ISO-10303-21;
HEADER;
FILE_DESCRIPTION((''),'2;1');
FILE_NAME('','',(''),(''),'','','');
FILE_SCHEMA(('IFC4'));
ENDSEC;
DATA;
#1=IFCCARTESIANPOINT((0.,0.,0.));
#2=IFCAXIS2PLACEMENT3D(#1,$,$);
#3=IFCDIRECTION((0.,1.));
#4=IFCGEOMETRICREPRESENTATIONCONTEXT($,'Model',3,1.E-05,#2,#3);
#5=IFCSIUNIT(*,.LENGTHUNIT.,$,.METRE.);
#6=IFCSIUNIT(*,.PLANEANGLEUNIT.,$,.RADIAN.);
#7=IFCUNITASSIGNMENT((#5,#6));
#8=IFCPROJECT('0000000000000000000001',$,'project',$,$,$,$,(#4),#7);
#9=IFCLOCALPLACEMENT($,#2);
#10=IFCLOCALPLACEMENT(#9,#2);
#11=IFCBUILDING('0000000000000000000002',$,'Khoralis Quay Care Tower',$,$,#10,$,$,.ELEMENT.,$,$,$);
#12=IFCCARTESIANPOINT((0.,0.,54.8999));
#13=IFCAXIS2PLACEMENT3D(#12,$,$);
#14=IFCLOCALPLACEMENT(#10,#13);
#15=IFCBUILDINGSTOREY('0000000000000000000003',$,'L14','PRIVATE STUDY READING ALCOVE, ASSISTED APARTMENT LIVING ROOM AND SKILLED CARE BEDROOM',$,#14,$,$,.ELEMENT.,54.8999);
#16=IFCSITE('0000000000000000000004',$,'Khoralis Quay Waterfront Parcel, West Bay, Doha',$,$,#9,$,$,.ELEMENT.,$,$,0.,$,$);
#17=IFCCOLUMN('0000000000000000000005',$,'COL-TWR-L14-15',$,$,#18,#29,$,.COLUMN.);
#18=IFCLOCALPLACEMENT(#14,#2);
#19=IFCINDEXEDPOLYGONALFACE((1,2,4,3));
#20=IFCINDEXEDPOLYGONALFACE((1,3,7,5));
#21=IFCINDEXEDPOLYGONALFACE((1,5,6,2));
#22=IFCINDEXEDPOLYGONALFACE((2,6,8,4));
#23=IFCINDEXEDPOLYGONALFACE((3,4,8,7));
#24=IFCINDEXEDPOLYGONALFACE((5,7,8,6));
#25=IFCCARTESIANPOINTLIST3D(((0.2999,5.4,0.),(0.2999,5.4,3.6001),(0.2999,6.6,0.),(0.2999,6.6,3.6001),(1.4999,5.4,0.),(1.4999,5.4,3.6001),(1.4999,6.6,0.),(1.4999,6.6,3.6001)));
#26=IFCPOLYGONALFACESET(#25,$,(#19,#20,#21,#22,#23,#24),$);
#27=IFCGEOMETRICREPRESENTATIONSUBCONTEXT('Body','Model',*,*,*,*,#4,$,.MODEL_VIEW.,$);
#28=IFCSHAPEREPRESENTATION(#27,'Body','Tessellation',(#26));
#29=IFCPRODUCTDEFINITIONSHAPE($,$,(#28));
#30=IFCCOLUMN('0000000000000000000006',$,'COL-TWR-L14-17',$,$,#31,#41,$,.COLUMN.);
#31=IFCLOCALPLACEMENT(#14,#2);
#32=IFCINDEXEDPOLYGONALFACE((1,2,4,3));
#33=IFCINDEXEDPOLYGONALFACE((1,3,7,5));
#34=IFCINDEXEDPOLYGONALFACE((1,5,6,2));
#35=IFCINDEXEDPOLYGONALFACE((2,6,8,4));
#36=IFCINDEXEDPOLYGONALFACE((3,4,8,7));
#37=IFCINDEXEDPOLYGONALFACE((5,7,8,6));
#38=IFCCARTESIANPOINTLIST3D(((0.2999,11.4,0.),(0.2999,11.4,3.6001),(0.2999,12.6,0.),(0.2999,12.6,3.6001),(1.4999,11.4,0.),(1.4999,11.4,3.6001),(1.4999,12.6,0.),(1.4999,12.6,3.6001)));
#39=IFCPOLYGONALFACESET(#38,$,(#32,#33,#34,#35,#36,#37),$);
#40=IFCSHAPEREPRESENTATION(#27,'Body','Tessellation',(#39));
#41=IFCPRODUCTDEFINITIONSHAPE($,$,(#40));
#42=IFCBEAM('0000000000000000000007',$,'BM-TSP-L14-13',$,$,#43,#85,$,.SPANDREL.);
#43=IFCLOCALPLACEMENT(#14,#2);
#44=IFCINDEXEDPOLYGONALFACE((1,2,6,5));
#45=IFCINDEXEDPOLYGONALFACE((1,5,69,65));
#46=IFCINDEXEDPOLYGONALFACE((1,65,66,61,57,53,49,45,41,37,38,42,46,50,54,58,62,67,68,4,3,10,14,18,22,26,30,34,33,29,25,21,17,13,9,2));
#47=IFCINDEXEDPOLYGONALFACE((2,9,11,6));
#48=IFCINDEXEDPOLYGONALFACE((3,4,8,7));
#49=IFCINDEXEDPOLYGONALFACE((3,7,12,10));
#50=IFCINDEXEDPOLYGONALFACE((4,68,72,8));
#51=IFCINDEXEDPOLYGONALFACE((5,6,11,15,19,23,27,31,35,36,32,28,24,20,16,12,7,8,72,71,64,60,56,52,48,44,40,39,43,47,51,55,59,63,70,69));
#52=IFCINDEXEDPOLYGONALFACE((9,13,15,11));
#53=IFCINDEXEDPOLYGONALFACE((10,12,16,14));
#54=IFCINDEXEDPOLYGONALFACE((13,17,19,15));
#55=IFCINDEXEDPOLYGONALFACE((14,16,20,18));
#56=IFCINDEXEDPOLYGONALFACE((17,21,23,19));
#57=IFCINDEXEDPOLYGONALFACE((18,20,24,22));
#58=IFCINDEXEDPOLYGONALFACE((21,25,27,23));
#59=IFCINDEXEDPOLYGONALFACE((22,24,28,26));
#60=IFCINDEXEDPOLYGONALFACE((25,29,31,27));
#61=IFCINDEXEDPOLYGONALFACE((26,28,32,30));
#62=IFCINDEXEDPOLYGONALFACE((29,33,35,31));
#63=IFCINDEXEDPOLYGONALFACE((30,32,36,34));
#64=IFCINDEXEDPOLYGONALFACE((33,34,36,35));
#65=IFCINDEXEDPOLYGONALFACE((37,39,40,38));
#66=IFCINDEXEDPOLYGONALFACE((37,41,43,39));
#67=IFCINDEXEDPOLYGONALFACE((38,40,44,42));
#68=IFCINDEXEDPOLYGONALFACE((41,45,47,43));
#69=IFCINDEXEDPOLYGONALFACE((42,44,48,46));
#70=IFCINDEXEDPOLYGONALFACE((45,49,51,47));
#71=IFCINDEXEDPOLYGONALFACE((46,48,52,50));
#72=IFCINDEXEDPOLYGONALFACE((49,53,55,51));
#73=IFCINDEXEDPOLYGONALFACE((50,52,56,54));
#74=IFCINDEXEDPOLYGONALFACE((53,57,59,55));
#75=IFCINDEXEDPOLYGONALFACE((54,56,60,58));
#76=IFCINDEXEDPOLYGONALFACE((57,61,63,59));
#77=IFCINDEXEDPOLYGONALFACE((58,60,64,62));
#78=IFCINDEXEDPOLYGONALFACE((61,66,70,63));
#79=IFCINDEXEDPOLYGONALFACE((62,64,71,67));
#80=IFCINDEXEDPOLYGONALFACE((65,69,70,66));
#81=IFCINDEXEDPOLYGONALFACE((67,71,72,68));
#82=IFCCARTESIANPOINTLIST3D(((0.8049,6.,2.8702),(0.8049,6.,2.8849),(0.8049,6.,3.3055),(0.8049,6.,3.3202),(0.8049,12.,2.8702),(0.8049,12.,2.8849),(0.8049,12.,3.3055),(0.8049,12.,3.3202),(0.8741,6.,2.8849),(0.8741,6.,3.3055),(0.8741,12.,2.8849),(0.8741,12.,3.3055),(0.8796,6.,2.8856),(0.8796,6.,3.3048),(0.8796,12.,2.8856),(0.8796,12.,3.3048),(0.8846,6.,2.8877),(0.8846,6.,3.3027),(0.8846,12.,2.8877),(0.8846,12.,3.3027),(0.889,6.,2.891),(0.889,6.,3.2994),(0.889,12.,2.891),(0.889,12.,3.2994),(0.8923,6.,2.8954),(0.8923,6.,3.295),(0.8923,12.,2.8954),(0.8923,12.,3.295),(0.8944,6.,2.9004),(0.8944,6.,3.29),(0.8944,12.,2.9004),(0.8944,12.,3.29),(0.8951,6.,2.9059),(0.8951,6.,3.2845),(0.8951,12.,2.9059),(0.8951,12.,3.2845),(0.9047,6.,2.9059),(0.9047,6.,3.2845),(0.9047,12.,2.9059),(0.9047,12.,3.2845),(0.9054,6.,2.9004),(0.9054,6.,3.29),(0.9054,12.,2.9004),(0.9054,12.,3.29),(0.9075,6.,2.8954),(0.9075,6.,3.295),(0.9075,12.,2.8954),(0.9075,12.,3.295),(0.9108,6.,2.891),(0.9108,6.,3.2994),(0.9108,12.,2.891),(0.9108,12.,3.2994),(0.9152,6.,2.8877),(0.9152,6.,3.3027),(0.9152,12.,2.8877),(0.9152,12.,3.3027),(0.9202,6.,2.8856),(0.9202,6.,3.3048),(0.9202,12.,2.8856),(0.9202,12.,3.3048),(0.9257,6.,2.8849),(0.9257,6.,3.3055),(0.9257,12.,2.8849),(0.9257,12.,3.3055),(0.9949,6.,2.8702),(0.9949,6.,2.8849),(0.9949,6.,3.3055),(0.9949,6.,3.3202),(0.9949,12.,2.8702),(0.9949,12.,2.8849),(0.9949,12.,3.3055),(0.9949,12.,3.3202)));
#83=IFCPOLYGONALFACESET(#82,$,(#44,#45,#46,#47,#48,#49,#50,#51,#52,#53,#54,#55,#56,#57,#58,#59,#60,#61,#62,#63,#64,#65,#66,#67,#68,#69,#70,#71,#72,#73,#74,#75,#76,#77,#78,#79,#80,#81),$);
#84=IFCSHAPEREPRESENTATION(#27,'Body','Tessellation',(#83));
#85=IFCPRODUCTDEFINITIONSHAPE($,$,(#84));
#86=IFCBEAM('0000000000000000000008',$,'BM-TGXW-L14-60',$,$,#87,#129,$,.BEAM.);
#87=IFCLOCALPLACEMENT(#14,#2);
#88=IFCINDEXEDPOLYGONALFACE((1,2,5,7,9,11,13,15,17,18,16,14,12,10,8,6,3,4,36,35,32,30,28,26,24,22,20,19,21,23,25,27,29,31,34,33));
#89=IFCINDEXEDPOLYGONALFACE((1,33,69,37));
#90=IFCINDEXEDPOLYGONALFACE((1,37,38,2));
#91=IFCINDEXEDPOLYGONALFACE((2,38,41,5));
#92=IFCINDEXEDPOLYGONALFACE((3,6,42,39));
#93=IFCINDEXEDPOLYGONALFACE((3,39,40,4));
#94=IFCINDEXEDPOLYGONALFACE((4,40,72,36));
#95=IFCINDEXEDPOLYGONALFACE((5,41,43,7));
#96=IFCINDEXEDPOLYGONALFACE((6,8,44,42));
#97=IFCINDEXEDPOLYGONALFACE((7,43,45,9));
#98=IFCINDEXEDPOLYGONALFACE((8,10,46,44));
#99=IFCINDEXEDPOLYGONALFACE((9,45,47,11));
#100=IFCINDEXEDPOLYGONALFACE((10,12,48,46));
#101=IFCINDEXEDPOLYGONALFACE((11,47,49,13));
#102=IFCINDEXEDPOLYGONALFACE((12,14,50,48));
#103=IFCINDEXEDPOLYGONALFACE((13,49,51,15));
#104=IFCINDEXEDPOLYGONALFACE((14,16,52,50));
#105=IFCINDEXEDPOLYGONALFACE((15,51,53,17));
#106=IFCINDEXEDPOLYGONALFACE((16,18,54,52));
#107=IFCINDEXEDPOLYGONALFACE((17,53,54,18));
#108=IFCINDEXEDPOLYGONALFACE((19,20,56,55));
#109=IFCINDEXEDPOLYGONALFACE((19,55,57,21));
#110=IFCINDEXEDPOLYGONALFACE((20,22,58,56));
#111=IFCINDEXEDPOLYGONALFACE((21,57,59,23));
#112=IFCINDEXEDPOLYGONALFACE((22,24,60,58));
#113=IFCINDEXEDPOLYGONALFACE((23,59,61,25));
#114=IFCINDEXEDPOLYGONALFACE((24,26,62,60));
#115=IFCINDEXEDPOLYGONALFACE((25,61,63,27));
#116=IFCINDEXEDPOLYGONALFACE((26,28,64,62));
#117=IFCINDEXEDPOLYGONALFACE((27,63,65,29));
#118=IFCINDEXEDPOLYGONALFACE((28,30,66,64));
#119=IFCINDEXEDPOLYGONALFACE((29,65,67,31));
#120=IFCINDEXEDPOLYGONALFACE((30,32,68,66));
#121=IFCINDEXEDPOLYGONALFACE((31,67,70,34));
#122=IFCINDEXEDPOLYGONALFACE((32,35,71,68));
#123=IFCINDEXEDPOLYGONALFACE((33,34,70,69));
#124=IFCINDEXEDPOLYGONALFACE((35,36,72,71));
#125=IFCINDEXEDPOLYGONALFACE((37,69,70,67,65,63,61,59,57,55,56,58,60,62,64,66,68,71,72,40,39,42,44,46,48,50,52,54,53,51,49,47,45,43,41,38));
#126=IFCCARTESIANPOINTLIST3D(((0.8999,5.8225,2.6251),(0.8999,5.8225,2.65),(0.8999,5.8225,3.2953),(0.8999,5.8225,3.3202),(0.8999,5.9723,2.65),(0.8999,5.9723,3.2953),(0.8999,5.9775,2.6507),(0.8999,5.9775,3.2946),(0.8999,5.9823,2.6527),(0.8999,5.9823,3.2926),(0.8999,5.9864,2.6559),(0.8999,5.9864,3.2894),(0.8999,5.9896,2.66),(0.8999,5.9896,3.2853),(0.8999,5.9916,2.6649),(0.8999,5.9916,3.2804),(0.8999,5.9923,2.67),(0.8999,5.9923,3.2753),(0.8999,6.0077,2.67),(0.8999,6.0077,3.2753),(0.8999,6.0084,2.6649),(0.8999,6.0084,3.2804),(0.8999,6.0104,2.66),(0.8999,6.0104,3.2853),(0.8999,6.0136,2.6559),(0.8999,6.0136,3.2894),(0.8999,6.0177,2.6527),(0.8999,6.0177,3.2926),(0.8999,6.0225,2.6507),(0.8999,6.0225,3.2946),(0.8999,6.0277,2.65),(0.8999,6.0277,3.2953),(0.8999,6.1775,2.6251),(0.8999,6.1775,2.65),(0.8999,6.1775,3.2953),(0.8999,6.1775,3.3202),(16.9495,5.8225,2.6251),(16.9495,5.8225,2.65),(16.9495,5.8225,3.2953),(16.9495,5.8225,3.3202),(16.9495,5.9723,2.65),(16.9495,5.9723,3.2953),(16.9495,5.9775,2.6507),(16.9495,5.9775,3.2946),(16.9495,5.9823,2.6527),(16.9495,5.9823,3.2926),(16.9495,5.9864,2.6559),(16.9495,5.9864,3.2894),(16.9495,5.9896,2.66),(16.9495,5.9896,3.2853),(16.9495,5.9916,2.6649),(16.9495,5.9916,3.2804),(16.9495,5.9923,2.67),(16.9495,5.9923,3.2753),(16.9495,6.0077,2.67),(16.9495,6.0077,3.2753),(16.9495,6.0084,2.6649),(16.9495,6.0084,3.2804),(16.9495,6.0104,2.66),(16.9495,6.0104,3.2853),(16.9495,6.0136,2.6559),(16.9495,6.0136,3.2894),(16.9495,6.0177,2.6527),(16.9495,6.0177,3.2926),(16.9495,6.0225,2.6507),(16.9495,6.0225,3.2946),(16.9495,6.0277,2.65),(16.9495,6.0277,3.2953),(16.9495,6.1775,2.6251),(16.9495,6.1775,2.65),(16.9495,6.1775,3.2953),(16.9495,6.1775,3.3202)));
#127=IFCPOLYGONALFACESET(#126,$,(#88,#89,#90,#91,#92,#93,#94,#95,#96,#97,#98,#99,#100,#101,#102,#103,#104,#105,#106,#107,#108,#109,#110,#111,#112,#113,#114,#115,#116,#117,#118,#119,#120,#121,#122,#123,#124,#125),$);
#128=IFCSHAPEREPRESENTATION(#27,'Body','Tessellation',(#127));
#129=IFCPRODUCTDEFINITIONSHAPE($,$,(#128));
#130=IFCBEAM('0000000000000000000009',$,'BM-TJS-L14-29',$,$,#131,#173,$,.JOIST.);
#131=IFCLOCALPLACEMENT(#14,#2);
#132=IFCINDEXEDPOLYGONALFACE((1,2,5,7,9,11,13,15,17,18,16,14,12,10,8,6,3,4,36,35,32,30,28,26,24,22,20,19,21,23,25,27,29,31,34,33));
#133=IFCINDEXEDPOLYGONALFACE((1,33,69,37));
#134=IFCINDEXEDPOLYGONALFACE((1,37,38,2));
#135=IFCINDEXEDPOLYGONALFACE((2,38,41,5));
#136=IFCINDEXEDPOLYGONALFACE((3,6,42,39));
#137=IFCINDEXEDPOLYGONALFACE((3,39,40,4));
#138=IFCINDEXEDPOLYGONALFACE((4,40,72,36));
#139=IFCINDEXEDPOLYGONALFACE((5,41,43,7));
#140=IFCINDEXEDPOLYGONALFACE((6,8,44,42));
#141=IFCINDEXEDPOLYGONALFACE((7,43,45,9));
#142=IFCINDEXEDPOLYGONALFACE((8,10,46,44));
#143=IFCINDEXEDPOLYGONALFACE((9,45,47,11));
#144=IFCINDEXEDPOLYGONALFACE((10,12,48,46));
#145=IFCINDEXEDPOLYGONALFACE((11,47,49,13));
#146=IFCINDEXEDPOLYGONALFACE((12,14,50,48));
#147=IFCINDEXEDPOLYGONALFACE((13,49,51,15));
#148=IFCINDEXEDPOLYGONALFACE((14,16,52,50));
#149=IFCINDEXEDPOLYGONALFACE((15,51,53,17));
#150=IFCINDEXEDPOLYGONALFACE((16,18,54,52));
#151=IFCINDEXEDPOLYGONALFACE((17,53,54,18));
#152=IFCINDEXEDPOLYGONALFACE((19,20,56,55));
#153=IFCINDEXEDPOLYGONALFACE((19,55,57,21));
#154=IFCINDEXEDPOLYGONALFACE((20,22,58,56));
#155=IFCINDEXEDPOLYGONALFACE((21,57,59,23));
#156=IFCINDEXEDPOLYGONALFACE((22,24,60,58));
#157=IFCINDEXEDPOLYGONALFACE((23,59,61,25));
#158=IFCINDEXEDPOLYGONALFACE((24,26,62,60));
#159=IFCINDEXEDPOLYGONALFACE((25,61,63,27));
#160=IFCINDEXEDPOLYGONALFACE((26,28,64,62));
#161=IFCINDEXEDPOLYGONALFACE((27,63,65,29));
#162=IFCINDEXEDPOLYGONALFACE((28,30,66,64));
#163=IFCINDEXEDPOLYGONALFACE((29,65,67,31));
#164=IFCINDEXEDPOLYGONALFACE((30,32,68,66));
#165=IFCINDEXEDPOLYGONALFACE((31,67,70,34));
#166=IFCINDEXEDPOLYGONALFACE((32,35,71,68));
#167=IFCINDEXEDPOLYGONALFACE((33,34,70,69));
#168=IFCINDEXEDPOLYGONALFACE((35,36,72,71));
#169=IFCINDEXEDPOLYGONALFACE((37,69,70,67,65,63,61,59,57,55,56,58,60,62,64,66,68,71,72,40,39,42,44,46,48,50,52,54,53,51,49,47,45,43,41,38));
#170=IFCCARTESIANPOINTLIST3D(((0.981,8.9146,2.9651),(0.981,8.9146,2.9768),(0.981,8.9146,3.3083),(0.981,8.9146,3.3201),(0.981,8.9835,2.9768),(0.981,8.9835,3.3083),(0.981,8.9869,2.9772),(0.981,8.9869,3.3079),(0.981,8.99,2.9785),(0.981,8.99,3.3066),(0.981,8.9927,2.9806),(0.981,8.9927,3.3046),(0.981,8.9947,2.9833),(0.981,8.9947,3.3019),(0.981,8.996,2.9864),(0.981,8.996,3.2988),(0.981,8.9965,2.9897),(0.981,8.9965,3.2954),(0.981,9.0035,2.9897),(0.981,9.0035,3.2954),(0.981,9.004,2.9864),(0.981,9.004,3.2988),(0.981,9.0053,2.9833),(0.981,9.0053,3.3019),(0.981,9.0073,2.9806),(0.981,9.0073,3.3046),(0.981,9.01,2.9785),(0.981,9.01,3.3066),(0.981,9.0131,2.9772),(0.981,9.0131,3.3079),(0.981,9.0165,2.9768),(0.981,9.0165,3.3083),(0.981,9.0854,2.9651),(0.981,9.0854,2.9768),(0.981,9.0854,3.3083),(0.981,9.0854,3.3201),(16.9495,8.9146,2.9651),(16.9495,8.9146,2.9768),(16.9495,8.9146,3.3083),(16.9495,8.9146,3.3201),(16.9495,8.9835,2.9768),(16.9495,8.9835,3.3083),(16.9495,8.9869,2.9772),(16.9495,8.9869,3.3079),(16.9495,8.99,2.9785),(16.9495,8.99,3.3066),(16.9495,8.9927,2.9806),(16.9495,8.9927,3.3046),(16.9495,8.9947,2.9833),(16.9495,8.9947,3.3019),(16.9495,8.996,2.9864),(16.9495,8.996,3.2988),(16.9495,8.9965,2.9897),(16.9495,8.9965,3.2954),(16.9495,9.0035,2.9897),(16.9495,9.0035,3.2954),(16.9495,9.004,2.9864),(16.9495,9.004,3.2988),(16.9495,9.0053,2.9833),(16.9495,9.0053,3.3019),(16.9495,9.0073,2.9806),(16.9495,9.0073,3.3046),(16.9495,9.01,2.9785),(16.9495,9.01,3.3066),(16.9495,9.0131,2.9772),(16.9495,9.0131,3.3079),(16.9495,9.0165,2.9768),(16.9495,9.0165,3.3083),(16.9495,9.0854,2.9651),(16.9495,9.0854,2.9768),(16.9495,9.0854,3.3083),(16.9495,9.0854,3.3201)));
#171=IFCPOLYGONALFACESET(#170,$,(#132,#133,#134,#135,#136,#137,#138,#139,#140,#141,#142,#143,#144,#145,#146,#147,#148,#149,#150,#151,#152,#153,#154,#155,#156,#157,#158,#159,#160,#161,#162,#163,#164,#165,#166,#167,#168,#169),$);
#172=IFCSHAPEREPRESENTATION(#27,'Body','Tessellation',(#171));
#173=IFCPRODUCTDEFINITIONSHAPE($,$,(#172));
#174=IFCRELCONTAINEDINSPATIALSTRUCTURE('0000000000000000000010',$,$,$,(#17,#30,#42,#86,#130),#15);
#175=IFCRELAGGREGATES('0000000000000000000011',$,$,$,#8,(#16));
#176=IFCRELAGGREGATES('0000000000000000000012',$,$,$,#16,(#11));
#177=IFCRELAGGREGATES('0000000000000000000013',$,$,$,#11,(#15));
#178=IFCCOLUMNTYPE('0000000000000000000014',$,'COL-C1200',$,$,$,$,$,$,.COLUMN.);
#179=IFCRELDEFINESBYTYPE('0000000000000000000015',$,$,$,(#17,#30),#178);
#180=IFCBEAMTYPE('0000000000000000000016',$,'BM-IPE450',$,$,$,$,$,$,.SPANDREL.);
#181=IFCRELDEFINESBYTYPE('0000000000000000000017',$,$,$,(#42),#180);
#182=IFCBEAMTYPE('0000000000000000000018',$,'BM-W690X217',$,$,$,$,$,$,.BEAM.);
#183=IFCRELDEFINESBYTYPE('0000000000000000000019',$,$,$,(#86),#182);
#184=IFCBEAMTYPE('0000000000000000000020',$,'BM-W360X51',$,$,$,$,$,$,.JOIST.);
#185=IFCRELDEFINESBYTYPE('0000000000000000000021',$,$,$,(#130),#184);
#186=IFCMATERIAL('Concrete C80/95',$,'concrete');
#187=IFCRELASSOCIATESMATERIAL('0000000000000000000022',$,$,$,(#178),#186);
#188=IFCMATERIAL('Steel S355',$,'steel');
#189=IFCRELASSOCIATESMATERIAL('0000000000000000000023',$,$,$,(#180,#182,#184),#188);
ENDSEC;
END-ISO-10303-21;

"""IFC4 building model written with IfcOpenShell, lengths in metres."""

from ifc_helpers import new_model, si_unit, direction, frame, origin, origin_2d, place, context, subcontext, project, spatial, rectangle, i_section, extrude, source, transform, mapped, material, material_profile, profile_set, type_object, element, save


model = new_model("IFC4")

# Units and contexts
model_context = context("Model", 3, precision=1e-05, world=origin(), true_north=direction((0.0, 1.0)))
body_context = subcontext(model_context, "Body", "Model", "MODEL_VIEW")
ifc_project = project(units=[si_unit("LENGTHUNIT", "METRE"), si_unit("PLANEANGLEUNIT", "RADIAN")], contexts=[model_context])

# Site, building, storey
site_placement = place(None, origin())
site = spatial("IfcSite", under=ifc_project, at=site_placement, Name="Khoralis Quay Waterfront Parcel, West Bay, Doha", CompositionType="ELEMENT", RefElevation=0.0)
building_placement = place(site_placement, origin())
building = spatial("IfcBuilding", under=site, at=building_placement, Name="Khoralis Quay Care Tower", CompositionType="ELEMENT")
storey_placement = place(building_placement, frame((0.0, 0.0, 54.8999)))
storey = spatial("IfcBuildingStorey", under=building, at=storey_placement, Name="L14", Description="PRIVATE STUDY READING ALCOVE, ASSISTED APARTMENT LIVING ROOM AND SKILLED CARE BEDROOM", CompositionType="ELEMENT", Elevation=54.8999)

# Columns
ifc_material_1 = material(Name="Concrete C80/95", Category="concrete")
ifc_material_profile_1 = material_profile(ifc_material_1, rectangle(XDim=1.2, YDim=1.2, at=origin_2d()), Name="Concrete C80/95")
ifc_profile_set_1 = profile_set([ifc_material_profile_1], Name="Concrete C80/95")
column_type = type_object("IfcColumnType", Name="COL-C1200", PredefinedType="COLUMN", material=ifc_profile_set_1)
shared_shape_1 = source(origin(), body_context, "Body", "SweptSolid", [
    extrude(rectangle(XDim=1.2, YDim=1.2, at=origin_2d()), origin(), (0.0, 0.0, 1.0), 3.6001),
])
for number, where, z_axis, x_axis, name in (
    (1, (0.8999, 6.0, 0.0), (0.0, 0.0, 1.0), (1.0, 0.0, 0.0), "COL-TWR-L14-15"),
    (2, (0.8999, 12.0, 0.0), (0.0, 0.0, 1.0), (1.0, 0.0, 0.0), "COL-TWR-L14-17"),
):
    element("IfcColumn", number, at=place(storey_placement, frame(where, z_axis=z_axis, x_axis=x_axis)), inside=storey, type_object=column_type, Name=name, PredefinedType="COLUMN", context=body_context, shape_type="MappedRepresentation", body=[
        mapped(shared_shape_1, transform((0.0, 0.0, 0.0), scale=1.0)),
    ])

# Beams
ifc_material_2 = material(Name="Steel S355", Category="steel")
ifc_material_profile_2 = material_profile(ifc_material_2, i_section(OverallWidth=0.1899, OverallDepth=0.45, WebThickness=0.0095, FlangeThickness=0.0146, FilletRadius=0.021, at=origin_2d()), Name="Steel S355")
ifc_profile_set_2 = profile_set([ifc_material_profile_2], Name="Steel S355")
beam_type_1 = type_object("IfcBeamType", Name="BM-IPE450", PredefinedType="SPANDREL", material=ifc_profile_set_2)
shared_shape_2 = source(origin(), body_context, "Body", "SweptSolid", [
    extrude(i_section(OverallWidth=0.1899, OverallDepth=0.45, WebThickness=0.0095, FlangeThickness=0.0146, FilletRadius=0.021, at=origin_2d()), origin(), (0.0, 0.0, 1.0), 6.0),
])
beam_1_placement = place(storey_placement, frame((0.8999, 6.0, 3.0952), z_axis=(0.0, 1.0, 0.0), x_axis=(-1.0, 0.0, 0.0)))
element("IfcBeam", 3, at=beam_1_placement, inside=storey, type_object=beam_type_1, Name="BM-TSP-L14-13", PredefinedType="SPANDREL", context=body_context, shape_type="MappedRepresentation", body=[
    mapped(shared_shape_2, transform((0.0, 0.0, 0.0), scale=1.0)),
])
ifc_material_profile_3 = material_profile(ifc_material_2, i_section(OverallWidth=0.355, OverallDepth=0.6951, WebThickness=0.0154, FlangeThickness=0.0249, FilletRadius=0.02, at=origin_2d()), Name="Steel S355")
ifc_profile_set_3 = profile_set([ifc_material_profile_3], Name="Steel S355")
beam_type_2 = type_object("IfcBeamType", Name="BM-W690X217", PredefinedType="BEAM", material=ifc_profile_set_3)
shared_shape_3 = source(origin(), body_context, "Body", "SweptSolid", [
    extrude(i_section(OverallWidth=0.355, OverallDepth=0.6951, WebThickness=0.0154, FlangeThickness=0.0249, FilletRadius=0.02, at=origin_2d()), origin(), (0.0, 0.0, 1.0), 16.0496),
])
beam_2_placement = place(storey_placement, frame((0.8999, 6.0, 2.9727), z_axis=(1.0, 0.0, 0.0), x_axis=(0.0, 1.0, 0.0)))
element("IfcBeam", 4, at=beam_2_placement, inside=storey, type_object=beam_type_2, Name="BM-TGXW-L14-60", PredefinedType="BEAM", context=body_context, shape_type="MappedRepresentation", body=[
    mapped(shared_shape_3, transform((0.0, 0.0, 0.0), scale=1.0)),
])
ifc_material_profile_4 = material_profile(ifc_material_2, i_section(OverallWidth=0.1709, OverallDepth=0.355, WebThickness=0.0071, FlangeThickness=0.0117, FilletRadius=0.0129, at=origin_2d()), Name="Steel S355")
ifc_profile_set_4 = profile_set([ifc_material_profile_4], Name="Steel S355")
beam_type_3 = type_object("IfcBeamType", Name="BM-W360X51", PredefinedType="JOIST", material=ifc_profile_set_4)
shared_shape_4 = source(origin(), body_context, "Body", "SweptSolid", [
    extrude(i_section(OverallWidth=0.1709, OverallDepth=0.355, WebThickness=0.0071, FlangeThickness=0.0117, FilletRadius=0.0129, at=origin_2d()), origin(), (0.0, 0.0, 1.0), 15.9685),
])
beam_3_placement = place(storey_placement, frame((0.981, 9.0, 3.1426), z_axis=(1.0, 0.0, 0.0), x_axis=(0.0, 1.0, 0.0)))
element("IfcBeam", 5, at=beam_3_placement, inside=storey, type_object=beam_type_3, Name="BM-TJS-L14-29", PredefinedType="JOIST", context=body_context, shape_type="MappedRepresentation", body=[
    mapped(shared_shape_4, transform((0.0, 0.0, 0.0), scale=1.0)),
])

save(model, "model.ifc")
